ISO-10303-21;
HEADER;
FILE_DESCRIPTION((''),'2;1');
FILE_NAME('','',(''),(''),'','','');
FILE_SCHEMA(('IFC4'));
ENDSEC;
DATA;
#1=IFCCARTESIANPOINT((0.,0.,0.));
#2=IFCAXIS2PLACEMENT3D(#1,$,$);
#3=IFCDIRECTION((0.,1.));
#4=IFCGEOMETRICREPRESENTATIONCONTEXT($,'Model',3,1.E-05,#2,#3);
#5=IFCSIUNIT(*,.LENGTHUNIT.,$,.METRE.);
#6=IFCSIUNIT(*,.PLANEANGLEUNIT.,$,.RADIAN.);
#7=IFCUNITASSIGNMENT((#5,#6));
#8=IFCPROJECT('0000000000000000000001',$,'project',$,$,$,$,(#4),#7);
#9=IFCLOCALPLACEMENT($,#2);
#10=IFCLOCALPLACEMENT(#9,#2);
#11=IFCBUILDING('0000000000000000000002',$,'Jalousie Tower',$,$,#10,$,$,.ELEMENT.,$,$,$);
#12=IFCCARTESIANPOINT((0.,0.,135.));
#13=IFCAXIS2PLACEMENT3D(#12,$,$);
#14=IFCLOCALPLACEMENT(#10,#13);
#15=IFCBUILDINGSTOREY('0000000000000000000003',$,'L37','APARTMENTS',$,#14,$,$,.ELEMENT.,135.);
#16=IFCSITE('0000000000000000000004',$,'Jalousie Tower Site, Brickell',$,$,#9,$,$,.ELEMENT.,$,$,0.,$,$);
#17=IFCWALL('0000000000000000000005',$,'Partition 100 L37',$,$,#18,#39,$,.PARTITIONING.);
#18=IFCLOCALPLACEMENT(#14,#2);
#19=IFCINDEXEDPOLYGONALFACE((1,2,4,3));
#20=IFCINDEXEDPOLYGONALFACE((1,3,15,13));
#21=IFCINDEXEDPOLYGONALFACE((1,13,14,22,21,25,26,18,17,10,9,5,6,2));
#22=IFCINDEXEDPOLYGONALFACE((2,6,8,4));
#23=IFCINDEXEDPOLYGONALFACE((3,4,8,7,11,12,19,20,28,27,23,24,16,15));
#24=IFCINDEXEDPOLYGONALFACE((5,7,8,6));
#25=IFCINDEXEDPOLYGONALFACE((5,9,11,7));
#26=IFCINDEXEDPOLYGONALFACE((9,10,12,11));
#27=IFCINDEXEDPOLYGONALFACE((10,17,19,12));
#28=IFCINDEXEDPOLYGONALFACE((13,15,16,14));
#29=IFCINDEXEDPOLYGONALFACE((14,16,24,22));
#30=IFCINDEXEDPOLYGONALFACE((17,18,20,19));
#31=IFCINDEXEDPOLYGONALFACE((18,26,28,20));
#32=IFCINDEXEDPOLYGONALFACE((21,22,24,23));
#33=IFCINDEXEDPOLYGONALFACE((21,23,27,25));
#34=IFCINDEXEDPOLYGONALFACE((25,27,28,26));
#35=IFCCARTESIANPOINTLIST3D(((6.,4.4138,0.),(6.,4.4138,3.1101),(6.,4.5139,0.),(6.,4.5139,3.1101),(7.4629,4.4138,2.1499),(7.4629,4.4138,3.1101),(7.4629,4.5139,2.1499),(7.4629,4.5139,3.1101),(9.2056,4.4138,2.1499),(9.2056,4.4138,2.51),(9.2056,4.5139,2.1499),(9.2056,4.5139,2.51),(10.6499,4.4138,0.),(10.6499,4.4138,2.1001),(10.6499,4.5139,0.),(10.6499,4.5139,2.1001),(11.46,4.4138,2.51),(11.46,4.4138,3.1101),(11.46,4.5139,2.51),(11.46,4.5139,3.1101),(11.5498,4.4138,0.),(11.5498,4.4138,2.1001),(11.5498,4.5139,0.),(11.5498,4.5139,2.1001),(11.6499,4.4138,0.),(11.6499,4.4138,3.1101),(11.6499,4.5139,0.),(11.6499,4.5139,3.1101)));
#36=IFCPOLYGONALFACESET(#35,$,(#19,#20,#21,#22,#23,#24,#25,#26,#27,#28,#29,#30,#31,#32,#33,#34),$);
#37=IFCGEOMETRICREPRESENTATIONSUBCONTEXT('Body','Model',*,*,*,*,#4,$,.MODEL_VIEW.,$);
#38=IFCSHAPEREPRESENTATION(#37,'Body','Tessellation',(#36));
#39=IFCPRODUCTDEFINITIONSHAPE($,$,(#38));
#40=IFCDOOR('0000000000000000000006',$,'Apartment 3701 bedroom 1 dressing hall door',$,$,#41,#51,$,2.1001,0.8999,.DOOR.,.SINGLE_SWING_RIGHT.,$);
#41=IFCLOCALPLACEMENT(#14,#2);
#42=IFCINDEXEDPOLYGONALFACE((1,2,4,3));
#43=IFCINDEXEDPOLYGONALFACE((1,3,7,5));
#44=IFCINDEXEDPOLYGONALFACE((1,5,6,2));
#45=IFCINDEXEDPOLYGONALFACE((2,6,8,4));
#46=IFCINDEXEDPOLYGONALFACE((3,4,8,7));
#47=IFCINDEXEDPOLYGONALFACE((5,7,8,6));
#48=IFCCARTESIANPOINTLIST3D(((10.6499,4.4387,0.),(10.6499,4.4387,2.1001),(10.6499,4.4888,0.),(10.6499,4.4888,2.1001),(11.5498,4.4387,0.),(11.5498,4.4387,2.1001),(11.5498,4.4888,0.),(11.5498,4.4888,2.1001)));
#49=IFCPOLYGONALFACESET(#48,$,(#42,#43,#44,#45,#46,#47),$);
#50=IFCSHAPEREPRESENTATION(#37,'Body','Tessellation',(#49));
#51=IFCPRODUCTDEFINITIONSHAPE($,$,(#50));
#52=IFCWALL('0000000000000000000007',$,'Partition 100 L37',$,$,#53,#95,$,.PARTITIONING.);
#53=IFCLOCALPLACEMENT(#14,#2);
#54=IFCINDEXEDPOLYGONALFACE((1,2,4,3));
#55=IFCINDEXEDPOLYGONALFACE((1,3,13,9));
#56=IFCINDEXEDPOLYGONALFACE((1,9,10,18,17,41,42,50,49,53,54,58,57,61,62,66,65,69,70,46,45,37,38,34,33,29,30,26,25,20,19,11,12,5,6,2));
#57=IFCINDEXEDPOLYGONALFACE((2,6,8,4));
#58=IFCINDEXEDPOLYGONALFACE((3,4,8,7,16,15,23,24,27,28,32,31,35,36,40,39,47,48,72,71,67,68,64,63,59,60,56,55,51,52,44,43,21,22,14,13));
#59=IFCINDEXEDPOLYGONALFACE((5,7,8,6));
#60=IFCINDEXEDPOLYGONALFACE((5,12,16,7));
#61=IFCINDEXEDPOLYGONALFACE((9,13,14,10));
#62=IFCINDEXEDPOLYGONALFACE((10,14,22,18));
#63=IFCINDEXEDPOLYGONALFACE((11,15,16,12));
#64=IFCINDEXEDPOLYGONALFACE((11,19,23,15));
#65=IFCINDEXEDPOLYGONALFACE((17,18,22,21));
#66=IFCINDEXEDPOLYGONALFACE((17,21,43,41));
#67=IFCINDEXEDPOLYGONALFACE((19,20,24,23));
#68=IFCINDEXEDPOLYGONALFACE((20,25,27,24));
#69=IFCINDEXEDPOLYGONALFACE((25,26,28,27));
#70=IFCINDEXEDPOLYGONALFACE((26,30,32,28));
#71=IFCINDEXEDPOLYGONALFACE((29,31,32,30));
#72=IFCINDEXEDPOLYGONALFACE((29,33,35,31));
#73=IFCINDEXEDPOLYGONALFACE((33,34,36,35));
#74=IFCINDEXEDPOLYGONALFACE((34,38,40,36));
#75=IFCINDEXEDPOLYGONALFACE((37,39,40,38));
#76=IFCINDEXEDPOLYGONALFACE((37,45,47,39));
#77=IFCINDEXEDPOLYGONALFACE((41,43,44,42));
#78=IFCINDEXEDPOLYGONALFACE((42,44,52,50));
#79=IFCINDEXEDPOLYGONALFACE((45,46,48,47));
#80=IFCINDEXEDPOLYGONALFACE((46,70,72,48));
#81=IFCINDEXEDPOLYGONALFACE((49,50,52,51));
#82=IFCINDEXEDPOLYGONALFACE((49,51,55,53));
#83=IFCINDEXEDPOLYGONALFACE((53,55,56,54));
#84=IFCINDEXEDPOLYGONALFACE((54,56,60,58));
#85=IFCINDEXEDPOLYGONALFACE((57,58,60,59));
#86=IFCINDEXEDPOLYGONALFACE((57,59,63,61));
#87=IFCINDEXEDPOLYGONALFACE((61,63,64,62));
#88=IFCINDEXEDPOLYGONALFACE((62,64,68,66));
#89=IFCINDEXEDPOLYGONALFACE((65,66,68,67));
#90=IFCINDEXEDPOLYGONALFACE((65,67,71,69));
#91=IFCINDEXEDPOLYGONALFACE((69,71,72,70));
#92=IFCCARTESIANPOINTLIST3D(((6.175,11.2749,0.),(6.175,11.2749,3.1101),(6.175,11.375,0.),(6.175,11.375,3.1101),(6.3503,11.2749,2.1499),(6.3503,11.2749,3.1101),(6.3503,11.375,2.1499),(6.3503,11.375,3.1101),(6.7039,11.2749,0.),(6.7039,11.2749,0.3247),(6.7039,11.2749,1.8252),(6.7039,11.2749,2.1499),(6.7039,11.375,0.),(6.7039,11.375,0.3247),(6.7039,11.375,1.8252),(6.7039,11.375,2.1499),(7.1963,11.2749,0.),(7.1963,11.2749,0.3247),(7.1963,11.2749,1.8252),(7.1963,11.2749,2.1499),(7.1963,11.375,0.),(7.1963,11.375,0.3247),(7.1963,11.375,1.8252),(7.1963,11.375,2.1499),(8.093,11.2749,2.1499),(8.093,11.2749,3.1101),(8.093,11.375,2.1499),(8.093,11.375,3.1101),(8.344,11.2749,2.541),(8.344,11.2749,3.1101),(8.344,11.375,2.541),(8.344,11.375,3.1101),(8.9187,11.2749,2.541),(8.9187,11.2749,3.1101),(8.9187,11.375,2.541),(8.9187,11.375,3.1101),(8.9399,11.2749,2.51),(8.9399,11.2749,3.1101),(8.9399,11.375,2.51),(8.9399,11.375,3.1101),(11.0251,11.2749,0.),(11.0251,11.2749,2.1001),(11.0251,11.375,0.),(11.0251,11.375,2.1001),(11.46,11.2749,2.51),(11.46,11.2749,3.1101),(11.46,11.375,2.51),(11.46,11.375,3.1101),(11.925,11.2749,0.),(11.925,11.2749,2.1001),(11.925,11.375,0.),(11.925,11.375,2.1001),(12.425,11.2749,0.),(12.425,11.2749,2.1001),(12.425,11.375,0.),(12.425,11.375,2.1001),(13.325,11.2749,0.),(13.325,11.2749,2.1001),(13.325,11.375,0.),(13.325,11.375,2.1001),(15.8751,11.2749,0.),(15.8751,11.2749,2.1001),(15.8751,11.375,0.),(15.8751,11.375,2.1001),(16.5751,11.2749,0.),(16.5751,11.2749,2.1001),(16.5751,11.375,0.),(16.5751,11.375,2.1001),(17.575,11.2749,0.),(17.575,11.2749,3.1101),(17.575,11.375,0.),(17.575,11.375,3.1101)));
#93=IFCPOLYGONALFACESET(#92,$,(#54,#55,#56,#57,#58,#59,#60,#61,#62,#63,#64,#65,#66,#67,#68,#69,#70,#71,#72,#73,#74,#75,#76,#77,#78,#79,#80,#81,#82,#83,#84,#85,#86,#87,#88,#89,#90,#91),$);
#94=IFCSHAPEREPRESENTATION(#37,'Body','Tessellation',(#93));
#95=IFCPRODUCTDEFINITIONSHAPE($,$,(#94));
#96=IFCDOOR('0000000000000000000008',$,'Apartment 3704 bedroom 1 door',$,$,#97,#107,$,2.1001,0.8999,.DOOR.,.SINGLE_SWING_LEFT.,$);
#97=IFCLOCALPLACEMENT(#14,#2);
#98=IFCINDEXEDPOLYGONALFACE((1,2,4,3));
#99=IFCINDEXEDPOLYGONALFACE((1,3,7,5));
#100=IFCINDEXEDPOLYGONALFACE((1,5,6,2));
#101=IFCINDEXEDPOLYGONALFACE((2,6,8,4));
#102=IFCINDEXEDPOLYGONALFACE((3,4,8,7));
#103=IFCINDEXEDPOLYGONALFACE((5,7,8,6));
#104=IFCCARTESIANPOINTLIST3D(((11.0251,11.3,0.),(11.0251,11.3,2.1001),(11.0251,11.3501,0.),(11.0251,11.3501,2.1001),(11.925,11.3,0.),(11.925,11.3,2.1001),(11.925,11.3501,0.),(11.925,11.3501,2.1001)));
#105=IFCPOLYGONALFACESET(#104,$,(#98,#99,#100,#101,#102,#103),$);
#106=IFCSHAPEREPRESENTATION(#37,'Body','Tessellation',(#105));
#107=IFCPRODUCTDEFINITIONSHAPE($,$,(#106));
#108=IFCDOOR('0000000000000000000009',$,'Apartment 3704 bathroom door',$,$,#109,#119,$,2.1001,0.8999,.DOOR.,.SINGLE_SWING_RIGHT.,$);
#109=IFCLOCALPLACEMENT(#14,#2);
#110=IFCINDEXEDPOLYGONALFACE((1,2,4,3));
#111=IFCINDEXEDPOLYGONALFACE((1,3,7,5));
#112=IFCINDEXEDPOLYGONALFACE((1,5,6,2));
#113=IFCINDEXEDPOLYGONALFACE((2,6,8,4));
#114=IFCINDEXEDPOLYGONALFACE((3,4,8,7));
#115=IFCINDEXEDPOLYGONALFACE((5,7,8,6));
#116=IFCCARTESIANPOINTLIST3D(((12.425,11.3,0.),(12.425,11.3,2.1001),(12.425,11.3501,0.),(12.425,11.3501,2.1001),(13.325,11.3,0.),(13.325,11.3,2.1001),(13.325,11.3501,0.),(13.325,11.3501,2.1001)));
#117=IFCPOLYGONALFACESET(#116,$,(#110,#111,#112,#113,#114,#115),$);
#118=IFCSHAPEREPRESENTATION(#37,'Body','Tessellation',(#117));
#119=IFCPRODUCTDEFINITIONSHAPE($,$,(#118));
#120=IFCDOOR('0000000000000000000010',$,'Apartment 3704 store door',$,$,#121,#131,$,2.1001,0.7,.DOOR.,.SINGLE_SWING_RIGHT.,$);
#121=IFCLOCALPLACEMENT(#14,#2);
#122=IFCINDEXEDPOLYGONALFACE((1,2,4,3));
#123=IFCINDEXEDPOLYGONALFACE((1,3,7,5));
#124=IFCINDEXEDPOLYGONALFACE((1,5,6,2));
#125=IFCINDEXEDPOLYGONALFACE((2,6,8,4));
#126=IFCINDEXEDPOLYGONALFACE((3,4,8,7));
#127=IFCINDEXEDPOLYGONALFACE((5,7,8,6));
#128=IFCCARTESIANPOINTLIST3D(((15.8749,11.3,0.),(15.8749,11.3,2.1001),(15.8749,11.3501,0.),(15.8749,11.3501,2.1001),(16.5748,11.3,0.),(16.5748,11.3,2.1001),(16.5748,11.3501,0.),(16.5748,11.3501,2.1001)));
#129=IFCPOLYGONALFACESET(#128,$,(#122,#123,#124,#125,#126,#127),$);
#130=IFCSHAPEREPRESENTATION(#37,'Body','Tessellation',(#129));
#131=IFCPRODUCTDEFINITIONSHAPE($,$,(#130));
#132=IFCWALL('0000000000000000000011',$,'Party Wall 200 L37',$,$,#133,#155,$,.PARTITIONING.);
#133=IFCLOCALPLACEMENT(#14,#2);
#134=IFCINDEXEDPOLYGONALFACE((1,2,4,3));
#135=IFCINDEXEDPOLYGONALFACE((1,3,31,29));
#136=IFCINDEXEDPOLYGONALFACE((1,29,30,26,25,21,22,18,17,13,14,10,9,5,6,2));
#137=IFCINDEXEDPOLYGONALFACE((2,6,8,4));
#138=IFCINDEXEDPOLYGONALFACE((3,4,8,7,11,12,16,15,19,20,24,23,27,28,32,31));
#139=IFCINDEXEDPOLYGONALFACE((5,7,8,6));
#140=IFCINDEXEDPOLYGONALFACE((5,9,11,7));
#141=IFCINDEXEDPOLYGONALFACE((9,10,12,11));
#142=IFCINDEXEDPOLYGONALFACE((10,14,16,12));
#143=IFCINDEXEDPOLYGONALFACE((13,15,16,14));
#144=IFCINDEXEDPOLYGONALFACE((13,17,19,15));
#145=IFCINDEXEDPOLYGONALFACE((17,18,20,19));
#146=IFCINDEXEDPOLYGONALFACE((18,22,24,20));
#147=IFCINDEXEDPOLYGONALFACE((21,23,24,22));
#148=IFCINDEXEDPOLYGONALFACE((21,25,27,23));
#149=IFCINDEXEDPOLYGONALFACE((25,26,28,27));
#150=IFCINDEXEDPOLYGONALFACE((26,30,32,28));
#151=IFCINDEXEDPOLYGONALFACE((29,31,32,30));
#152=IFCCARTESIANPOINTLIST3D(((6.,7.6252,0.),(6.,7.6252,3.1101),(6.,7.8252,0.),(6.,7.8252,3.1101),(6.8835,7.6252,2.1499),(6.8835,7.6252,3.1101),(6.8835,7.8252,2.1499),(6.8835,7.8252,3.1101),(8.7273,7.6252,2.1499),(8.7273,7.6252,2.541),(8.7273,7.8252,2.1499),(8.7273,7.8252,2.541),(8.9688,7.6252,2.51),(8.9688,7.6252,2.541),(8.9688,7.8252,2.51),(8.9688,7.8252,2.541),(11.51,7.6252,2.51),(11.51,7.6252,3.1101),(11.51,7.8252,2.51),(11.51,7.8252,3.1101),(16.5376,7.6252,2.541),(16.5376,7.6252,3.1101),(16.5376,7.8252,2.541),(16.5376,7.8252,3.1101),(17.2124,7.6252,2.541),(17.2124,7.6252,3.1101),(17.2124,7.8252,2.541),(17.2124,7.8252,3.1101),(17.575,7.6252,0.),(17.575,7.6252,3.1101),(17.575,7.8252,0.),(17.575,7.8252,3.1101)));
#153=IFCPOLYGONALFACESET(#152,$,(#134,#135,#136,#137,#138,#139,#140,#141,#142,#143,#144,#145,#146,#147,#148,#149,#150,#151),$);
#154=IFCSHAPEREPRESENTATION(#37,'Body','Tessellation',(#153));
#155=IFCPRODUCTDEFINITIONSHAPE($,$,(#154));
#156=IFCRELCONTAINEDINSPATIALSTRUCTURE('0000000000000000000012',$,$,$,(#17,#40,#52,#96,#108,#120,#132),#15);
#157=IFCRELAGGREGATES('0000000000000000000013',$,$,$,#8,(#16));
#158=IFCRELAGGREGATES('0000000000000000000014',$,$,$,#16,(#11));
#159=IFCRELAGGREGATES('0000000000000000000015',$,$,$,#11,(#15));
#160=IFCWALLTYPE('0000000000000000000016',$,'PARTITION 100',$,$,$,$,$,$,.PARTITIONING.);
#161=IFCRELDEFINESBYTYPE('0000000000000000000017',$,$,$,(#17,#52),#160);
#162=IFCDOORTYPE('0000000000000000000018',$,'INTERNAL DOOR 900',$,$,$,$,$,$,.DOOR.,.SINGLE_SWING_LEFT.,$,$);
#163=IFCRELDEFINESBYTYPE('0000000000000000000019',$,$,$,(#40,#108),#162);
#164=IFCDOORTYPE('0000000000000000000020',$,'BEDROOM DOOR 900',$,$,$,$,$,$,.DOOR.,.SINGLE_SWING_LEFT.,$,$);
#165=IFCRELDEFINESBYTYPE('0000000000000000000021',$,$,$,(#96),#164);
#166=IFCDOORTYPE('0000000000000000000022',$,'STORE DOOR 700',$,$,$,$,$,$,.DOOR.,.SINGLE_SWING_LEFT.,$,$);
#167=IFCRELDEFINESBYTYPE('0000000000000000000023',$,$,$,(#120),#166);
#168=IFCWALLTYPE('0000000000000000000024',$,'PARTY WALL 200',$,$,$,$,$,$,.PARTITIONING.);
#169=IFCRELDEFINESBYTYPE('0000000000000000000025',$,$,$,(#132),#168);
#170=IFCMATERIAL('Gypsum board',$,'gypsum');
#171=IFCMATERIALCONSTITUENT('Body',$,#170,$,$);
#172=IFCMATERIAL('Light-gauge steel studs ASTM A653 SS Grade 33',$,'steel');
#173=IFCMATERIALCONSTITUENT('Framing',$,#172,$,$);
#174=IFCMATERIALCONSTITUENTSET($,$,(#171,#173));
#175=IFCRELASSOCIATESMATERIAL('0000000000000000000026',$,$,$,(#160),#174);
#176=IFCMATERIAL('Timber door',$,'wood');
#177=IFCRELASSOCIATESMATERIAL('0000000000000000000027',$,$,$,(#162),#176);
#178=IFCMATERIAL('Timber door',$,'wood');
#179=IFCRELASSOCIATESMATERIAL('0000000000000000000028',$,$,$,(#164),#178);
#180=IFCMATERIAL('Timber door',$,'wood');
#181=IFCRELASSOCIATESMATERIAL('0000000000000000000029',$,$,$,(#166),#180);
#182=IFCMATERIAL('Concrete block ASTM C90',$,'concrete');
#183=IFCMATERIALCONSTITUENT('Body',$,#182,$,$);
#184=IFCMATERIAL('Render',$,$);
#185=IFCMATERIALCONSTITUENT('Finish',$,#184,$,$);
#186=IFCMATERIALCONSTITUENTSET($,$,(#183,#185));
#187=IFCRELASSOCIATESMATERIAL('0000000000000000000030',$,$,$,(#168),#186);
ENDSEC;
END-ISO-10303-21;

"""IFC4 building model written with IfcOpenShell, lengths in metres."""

from ifc_helpers import new_model, si_unit, direction, frame, frame_2d, origin, place, context, subcontext, project, spatial, polyline, rectangle, outline, extrude, material, constituent, constituent_set, type_object, element, fill, save


model = new_model("IFC4")

# Units and contexts
model_context = context("Model", 3, precision=1e-05, world=origin(), true_north=direction((0.0, 1.0)))
body_context = subcontext(model_context, "Body", "Model", "MODEL_VIEW")
ifc_project = project(units=[si_unit("LENGTHUNIT", "METRE"), si_unit("PLANEANGLEUNIT", "RADIAN")], contexts=[model_context])

# Site, building, storey
site_placement = place(None, origin())
site = spatial("IfcSite", under=ifc_project, at=site_placement, Name="Jalousie Tower Site, Brickell", CompositionType="ELEMENT", RefElevation=0.0)
building_placement = place(site_placement, origin())
building = spatial("IfcBuilding", under=site, at=building_placement, Name="Jalousie Tower", CompositionType="ELEMENT")
storey_placement = place(building_placement, frame((0.0, 0.0, 135.0)))
storey = spatial("IfcBuildingStorey", under=building, at=storey_placement, Name="L37", Description="APARTMENTS", CompositionType="ELEMENT", Elevation=135.0)

# Wall, opening, door
ifc_material_1 = material(Name="Gypsum board", Category="gypsum")
ifc_constituent_1 = constituent(ifc_material_1, Name="Body")
ifc_material_2 = material(Name="Light-gauge steel studs ASTM A653 SS Grade 33", Category="steel")
ifc_constituent_2 = constituent(ifc_material_2, Name="Framing")
ifc_constituent_set_1 = constituent_set(constituents=[ifc_constituent_1, ifc_constituent_2])
wall_type_1 = type_object("IfcWallType", Name="PARTITION 100", PredefinedType="PARTITIONING", material=ifc_constituent_set_1)
wall_1_placement = place(storey_placement, frame((6.0, 4.4639, 0.0), z_axis=(0.0, 0.0, 1.0), x_axis=(1.0, 0.0, 0.0)))
wall_1 = element("IfcWall", 1, at=wall_1_placement, inside=storey, type_object=wall_type_1, Name="Partition 100 L37", PredefinedType="PARTITIONING", context=body_context, shape_type="SweptSolid", body=[
    extrude(outline(polyline([(0.0, 0.0), (5.6499, 0.0), (5.6499, 3.1101), (5.46, 3.1101), (5.46, 2.51), (3.2056, 2.51), (3.2056, 2.1499), (1.4629, 2.1499), (1.4629, 3.1101), (0.0, 3.1101), (0.0, 0.0)])), frame((0.0, 0.05, 0.0), z_axis=(0.0, -1.0, 0.0), x_axis=(1.0, 0.0, 0.0)), (0.0, 0.0, 1.0), 0.1001),
])
opening_1_placement = place(wall_1_placement, frame((4.6499, 0.0, 0.0)))
opening_1 = element("IfcOpeningElement", 2, at=opening_1_placement, cuts=wall_1, PredefinedType="OPENING", context=body_context, shape_type="SweptSolid", body=[
    extrude(rectangle(XDim=0.8999, YDim=2.1001, at=frame_2d((0.45, 1.05))), frame((0.0, 0.0601, 0.0), z_axis=(0.0, -1.0, 0.0), x_axis=(1.0, 0.0, 0.0)), (0.0, 0.0, 1.0), 0.1201),
])
ifc_material_3 = material(Name="Timber door", Category="wood")
door_type_1 = type_object("IfcDoorType", Name="INTERNAL DOOR 900", OperationType="SINGLE_SWING_LEFT", PredefinedType="DOOR", material=ifc_material_3)
door_1_placement = place(opening_1_placement, origin())
door_1 = element("IfcDoor", 3, at=door_1_placement, inside=storey, type_object=door_type_1, Name="Apartment 3701 bedroom 1 dressing hall door", OperationType="SINGLE_SWING_RIGHT", OverallHeight=2.1001, OverallWidth=0.8999, PredefinedType="DOOR", context=body_context, shape_type="SweptSolid", body=[
    extrude(rectangle(XDim=0.8999, YDim=2.1001, at=frame_2d((0.45, 1.05))), frame((0.0, 0.0249, 0.0), z_axis=(0.0, -1.0, 0.0), x_axis=(1.0, 0.0, 0.0)), (0.0, 0.0, 1.0), 0.05),
])
fill(opening_1, door_1)

# Wall, openings, doors
wall_2_placement = place(storey_placement, frame((6.175, 11.325, 0.0), z_axis=(0.0, 0.0, 1.0), x_axis=(1.0, 0.0, 0.0)))
wall_2 = element("IfcWall", 4, at=wall_2_placement, inside=storey, type_object=wall_type_1, Name="Partition 100 L37", PredefinedType="PARTITIONING", context=body_context, shape_type="SweptSolid", body=[
    extrude(outline(polyline([(0.1753, 3.1101), (0.0, 3.1101), (0.0, 0.0), (0.5288, 0.0), (0.5288, 0.3247), (1.0212, 0.3247), (1.0212, 0.0), (11.3999, 0.0), (11.3999, 3.1101), (5.2849, 3.1101), (5.2849, 2.51), (2.7649, 2.51), (2.7649, 3.1101), (2.7437, 3.1101), (2.7437, 2.541), (2.1689, 2.541), (2.1689, 3.1101), (1.918, 3.1101), (1.918, 2.1499), (1.0212, 2.1499), (1.0212, 1.8252), (0.5288, 1.8252), (0.5288, 2.1499), (0.1753, 2.1499), (0.1753, 3.1101)])), frame((0.0, 0.05, 0.0), z_axis=(0.0, -1.0, 0.0), x_axis=(1.0, 0.0, 0.0)), (0.0, 0.0, 1.0), 0.1001),
])
opening_2_placement = place(wall_2_placement, frame((4.8501, 0.0, 0.0)))
opening_2 = element("IfcOpeningElement", 5, at=opening_2_placement, cuts=wall_2, PredefinedType="OPENING", context=body_context, shape_type="SweptSolid", body=[
    extrude(rectangle(XDim=0.8999, YDim=2.1001, at=frame_2d((0.45, 1.05))), frame((0.0, 0.0601, 0.0), z_axis=(0.0, -1.0, 0.0), x_axis=(1.0, 0.0, 0.0)), (0.0, 0.0, 1.0), 0.1201),
])
opening_3_placement = place(wall_2_placement, frame((6.25, 0.0, 0.0)))
opening_3 = element("IfcOpeningElement", 6, at=opening_3_placement, cuts=wall_2, PredefinedType="OPENING", context=body_context, shape_type="SweptSolid", body=[
    extrude(rectangle(XDim=0.8999, YDim=2.1001, at=frame_2d((0.45, 1.05))), frame((0.0, 0.0601, 0.0), z_axis=(0.0, -1.0, 0.0), x_axis=(1.0, 0.0, 0.0)), (0.0, 0.0, 1.0), 0.1201),
])
opening_4_placement = place(wall_2_placement, frame((9.7, 0.0, 0.0)))
opening_4 = element("IfcOpeningElement", 7, at=opening_4_placement, cuts=wall_2, PredefinedType="OPENING", context=body_context, shape_type="SweptSolid", body=[
    extrude(rectangle(XDim=0.7, YDim=2.1001, at=frame_2d((0.3501, 1.05))), frame((0.0, 0.0601, 0.0), z_axis=(0.0, -1.0, 0.0), x_axis=(1.0, 0.0, 0.0)), (0.0, 0.0, 1.0), 0.1201),
])
ifc_material_4 = material(Name="Timber door", Category="wood")
door_type_2 = type_object("IfcDoorType", Name="BEDROOM DOOR 900", OperationType="SINGLE_SWING_LEFT", PredefinedType="DOOR", material=ifc_material_4)
door_2_placement = place(opening_2_placement, frame((0.8999, 0.0, 0.0), z_axis=(0.0, 0.0, 1.0), x_axis=(-1.0, 0.0, 0.0)))
door_2 = element("IfcDoor", 8, at=door_2_placement, inside=storey, type_object=door_type_2, Name="Apartment 3704 bedroom 1 door", OperationType="SINGLE_SWING_LEFT", OverallHeight=2.1001, OverallWidth=0.8999, PredefinedType="DOOR", context=body_context, shape_type="SweptSolid", body=[
    extrude(rectangle(XDim=0.8999, YDim=2.1001, at=frame_2d((0.45, 1.05))), frame((0.0, 0.0249, 0.0), z_axis=(0.0, -1.0, 0.0), x_axis=(1.0, 0.0, 0.0)), (0.0, 0.0, 1.0), 0.05),
])
fill(opening_2, door_2)
door_3_placement = place(opening_3_placement, frame((0.8999, 0.0, 0.0), z_axis=(0.0, 0.0, 1.0), x_axis=(-1.0, 0.0, 0.0)))
door_3 = element("IfcDoor", 9, at=door_3_placement, inside=storey, type_object=door_type_1, Name="Apartment 3704 bathroom door", OperationType="SINGLE_SWING_RIGHT", OverallHeight=2.1001, OverallWidth=0.8999, PredefinedType="DOOR", context=body_context, shape_type="SweptSolid", body=[
    extrude(rectangle(XDim=0.8999, YDim=2.1001, at=frame_2d((0.45, 1.05))), frame((0.0, 0.0249, 0.0), z_axis=(0.0, -1.0, 0.0), x_axis=(1.0, 0.0, 0.0)), (0.0, 0.0, 1.0), 0.05),
])
fill(opening_3, door_3)
ifc_material_5 = material(Name="Timber door", Category="wood")
door_type_3 = type_object("IfcDoorType", Name="STORE DOOR 700", OperationType="SINGLE_SWING_LEFT", PredefinedType="DOOR", material=ifc_material_5)
door_4_placement = place(opening_4_placement, frame((0.7, 0.0, 0.0), z_axis=(0.0, 0.0, 1.0), x_axis=(-1.0, 0.0, 0.0)))
door_4 = element("IfcDoor", 10, at=door_4_placement, inside=storey, type_object=door_type_3, Name="Apartment 3704 store door", OperationType="SINGLE_SWING_RIGHT", OverallHeight=2.1001, OverallWidth=0.7, PredefinedType="DOOR", context=body_context, shape_type="SweptSolid", body=[
    extrude(rectangle(XDim=0.7, YDim=2.1001, at=frame_2d((0.3501, 1.05))), frame((0.0, 0.0249, 0.0), z_axis=(0.0, -1.0, 0.0), x_axis=(1.0, 0.0, 0.0)), (0.0, 0.0, 1.0), 0.05),
])
fill(opening_4, door_4)

# Wall
ifc_material_6 = material(Name="Concrete block ASTM C90", Category="concrete")
ifc_constituent_3 = constituent(ifc_material_6, Name="Body")
ifc_material_7 = material(Name="Render")
ifc_constituent_4 = constituent(ifc_material_7, Name="Finish")
ifc_constituent_set_2 = constituent_set(constituents=[ifc_constituent_3, ifc_constituent_4])
wall_type_2 = type_object("IfcWallType", Name="PARTY WALL 200", PredefinedType="PARTITIONING", material=ifc_constituent_set_2)
wall_3_placement = place(storey_placement, frame((6.0, 7.7251, 0.0), z_axis=(0.0, 0.0, 1.0), x_axis=(1.0, 0.0, 0.0)))
element("IfcWall", 11, at=wall_3_placement, inside=storey, type_object=wall_type_2, Name="Party Wall 200 L37", PredefinedType="PARTITIONING", context=body_context, shape_type="SweptSolid", body=[
    extrude(outline(polyline([(0.0, 0.0), (11.575, 0.0), (11.575, 3.1101), (11.2124, 3.1101), (11.2124, 2.541), (10.5376, 2.541), (10.5376, 3.1101), (5.51, 3.1101), (5.51, 2.51), (2.9688, 2.51), (2.9688, 2.541), (2.7273, 2.541), (2.7273, 2.1499), (0.8835, 2.1499), (0.8835, 3.1101), (0.0, 3.1101), (0.0, 0.0)])), frame((0.0, 0.1001, 0.0), z_axis=(0.0, -1.0, 0.0), x_axis=(1.0, 0.0, 0.0)), (0.0, 0.0, 1.0), 0.2),
])

save(model, "model.ifc")
